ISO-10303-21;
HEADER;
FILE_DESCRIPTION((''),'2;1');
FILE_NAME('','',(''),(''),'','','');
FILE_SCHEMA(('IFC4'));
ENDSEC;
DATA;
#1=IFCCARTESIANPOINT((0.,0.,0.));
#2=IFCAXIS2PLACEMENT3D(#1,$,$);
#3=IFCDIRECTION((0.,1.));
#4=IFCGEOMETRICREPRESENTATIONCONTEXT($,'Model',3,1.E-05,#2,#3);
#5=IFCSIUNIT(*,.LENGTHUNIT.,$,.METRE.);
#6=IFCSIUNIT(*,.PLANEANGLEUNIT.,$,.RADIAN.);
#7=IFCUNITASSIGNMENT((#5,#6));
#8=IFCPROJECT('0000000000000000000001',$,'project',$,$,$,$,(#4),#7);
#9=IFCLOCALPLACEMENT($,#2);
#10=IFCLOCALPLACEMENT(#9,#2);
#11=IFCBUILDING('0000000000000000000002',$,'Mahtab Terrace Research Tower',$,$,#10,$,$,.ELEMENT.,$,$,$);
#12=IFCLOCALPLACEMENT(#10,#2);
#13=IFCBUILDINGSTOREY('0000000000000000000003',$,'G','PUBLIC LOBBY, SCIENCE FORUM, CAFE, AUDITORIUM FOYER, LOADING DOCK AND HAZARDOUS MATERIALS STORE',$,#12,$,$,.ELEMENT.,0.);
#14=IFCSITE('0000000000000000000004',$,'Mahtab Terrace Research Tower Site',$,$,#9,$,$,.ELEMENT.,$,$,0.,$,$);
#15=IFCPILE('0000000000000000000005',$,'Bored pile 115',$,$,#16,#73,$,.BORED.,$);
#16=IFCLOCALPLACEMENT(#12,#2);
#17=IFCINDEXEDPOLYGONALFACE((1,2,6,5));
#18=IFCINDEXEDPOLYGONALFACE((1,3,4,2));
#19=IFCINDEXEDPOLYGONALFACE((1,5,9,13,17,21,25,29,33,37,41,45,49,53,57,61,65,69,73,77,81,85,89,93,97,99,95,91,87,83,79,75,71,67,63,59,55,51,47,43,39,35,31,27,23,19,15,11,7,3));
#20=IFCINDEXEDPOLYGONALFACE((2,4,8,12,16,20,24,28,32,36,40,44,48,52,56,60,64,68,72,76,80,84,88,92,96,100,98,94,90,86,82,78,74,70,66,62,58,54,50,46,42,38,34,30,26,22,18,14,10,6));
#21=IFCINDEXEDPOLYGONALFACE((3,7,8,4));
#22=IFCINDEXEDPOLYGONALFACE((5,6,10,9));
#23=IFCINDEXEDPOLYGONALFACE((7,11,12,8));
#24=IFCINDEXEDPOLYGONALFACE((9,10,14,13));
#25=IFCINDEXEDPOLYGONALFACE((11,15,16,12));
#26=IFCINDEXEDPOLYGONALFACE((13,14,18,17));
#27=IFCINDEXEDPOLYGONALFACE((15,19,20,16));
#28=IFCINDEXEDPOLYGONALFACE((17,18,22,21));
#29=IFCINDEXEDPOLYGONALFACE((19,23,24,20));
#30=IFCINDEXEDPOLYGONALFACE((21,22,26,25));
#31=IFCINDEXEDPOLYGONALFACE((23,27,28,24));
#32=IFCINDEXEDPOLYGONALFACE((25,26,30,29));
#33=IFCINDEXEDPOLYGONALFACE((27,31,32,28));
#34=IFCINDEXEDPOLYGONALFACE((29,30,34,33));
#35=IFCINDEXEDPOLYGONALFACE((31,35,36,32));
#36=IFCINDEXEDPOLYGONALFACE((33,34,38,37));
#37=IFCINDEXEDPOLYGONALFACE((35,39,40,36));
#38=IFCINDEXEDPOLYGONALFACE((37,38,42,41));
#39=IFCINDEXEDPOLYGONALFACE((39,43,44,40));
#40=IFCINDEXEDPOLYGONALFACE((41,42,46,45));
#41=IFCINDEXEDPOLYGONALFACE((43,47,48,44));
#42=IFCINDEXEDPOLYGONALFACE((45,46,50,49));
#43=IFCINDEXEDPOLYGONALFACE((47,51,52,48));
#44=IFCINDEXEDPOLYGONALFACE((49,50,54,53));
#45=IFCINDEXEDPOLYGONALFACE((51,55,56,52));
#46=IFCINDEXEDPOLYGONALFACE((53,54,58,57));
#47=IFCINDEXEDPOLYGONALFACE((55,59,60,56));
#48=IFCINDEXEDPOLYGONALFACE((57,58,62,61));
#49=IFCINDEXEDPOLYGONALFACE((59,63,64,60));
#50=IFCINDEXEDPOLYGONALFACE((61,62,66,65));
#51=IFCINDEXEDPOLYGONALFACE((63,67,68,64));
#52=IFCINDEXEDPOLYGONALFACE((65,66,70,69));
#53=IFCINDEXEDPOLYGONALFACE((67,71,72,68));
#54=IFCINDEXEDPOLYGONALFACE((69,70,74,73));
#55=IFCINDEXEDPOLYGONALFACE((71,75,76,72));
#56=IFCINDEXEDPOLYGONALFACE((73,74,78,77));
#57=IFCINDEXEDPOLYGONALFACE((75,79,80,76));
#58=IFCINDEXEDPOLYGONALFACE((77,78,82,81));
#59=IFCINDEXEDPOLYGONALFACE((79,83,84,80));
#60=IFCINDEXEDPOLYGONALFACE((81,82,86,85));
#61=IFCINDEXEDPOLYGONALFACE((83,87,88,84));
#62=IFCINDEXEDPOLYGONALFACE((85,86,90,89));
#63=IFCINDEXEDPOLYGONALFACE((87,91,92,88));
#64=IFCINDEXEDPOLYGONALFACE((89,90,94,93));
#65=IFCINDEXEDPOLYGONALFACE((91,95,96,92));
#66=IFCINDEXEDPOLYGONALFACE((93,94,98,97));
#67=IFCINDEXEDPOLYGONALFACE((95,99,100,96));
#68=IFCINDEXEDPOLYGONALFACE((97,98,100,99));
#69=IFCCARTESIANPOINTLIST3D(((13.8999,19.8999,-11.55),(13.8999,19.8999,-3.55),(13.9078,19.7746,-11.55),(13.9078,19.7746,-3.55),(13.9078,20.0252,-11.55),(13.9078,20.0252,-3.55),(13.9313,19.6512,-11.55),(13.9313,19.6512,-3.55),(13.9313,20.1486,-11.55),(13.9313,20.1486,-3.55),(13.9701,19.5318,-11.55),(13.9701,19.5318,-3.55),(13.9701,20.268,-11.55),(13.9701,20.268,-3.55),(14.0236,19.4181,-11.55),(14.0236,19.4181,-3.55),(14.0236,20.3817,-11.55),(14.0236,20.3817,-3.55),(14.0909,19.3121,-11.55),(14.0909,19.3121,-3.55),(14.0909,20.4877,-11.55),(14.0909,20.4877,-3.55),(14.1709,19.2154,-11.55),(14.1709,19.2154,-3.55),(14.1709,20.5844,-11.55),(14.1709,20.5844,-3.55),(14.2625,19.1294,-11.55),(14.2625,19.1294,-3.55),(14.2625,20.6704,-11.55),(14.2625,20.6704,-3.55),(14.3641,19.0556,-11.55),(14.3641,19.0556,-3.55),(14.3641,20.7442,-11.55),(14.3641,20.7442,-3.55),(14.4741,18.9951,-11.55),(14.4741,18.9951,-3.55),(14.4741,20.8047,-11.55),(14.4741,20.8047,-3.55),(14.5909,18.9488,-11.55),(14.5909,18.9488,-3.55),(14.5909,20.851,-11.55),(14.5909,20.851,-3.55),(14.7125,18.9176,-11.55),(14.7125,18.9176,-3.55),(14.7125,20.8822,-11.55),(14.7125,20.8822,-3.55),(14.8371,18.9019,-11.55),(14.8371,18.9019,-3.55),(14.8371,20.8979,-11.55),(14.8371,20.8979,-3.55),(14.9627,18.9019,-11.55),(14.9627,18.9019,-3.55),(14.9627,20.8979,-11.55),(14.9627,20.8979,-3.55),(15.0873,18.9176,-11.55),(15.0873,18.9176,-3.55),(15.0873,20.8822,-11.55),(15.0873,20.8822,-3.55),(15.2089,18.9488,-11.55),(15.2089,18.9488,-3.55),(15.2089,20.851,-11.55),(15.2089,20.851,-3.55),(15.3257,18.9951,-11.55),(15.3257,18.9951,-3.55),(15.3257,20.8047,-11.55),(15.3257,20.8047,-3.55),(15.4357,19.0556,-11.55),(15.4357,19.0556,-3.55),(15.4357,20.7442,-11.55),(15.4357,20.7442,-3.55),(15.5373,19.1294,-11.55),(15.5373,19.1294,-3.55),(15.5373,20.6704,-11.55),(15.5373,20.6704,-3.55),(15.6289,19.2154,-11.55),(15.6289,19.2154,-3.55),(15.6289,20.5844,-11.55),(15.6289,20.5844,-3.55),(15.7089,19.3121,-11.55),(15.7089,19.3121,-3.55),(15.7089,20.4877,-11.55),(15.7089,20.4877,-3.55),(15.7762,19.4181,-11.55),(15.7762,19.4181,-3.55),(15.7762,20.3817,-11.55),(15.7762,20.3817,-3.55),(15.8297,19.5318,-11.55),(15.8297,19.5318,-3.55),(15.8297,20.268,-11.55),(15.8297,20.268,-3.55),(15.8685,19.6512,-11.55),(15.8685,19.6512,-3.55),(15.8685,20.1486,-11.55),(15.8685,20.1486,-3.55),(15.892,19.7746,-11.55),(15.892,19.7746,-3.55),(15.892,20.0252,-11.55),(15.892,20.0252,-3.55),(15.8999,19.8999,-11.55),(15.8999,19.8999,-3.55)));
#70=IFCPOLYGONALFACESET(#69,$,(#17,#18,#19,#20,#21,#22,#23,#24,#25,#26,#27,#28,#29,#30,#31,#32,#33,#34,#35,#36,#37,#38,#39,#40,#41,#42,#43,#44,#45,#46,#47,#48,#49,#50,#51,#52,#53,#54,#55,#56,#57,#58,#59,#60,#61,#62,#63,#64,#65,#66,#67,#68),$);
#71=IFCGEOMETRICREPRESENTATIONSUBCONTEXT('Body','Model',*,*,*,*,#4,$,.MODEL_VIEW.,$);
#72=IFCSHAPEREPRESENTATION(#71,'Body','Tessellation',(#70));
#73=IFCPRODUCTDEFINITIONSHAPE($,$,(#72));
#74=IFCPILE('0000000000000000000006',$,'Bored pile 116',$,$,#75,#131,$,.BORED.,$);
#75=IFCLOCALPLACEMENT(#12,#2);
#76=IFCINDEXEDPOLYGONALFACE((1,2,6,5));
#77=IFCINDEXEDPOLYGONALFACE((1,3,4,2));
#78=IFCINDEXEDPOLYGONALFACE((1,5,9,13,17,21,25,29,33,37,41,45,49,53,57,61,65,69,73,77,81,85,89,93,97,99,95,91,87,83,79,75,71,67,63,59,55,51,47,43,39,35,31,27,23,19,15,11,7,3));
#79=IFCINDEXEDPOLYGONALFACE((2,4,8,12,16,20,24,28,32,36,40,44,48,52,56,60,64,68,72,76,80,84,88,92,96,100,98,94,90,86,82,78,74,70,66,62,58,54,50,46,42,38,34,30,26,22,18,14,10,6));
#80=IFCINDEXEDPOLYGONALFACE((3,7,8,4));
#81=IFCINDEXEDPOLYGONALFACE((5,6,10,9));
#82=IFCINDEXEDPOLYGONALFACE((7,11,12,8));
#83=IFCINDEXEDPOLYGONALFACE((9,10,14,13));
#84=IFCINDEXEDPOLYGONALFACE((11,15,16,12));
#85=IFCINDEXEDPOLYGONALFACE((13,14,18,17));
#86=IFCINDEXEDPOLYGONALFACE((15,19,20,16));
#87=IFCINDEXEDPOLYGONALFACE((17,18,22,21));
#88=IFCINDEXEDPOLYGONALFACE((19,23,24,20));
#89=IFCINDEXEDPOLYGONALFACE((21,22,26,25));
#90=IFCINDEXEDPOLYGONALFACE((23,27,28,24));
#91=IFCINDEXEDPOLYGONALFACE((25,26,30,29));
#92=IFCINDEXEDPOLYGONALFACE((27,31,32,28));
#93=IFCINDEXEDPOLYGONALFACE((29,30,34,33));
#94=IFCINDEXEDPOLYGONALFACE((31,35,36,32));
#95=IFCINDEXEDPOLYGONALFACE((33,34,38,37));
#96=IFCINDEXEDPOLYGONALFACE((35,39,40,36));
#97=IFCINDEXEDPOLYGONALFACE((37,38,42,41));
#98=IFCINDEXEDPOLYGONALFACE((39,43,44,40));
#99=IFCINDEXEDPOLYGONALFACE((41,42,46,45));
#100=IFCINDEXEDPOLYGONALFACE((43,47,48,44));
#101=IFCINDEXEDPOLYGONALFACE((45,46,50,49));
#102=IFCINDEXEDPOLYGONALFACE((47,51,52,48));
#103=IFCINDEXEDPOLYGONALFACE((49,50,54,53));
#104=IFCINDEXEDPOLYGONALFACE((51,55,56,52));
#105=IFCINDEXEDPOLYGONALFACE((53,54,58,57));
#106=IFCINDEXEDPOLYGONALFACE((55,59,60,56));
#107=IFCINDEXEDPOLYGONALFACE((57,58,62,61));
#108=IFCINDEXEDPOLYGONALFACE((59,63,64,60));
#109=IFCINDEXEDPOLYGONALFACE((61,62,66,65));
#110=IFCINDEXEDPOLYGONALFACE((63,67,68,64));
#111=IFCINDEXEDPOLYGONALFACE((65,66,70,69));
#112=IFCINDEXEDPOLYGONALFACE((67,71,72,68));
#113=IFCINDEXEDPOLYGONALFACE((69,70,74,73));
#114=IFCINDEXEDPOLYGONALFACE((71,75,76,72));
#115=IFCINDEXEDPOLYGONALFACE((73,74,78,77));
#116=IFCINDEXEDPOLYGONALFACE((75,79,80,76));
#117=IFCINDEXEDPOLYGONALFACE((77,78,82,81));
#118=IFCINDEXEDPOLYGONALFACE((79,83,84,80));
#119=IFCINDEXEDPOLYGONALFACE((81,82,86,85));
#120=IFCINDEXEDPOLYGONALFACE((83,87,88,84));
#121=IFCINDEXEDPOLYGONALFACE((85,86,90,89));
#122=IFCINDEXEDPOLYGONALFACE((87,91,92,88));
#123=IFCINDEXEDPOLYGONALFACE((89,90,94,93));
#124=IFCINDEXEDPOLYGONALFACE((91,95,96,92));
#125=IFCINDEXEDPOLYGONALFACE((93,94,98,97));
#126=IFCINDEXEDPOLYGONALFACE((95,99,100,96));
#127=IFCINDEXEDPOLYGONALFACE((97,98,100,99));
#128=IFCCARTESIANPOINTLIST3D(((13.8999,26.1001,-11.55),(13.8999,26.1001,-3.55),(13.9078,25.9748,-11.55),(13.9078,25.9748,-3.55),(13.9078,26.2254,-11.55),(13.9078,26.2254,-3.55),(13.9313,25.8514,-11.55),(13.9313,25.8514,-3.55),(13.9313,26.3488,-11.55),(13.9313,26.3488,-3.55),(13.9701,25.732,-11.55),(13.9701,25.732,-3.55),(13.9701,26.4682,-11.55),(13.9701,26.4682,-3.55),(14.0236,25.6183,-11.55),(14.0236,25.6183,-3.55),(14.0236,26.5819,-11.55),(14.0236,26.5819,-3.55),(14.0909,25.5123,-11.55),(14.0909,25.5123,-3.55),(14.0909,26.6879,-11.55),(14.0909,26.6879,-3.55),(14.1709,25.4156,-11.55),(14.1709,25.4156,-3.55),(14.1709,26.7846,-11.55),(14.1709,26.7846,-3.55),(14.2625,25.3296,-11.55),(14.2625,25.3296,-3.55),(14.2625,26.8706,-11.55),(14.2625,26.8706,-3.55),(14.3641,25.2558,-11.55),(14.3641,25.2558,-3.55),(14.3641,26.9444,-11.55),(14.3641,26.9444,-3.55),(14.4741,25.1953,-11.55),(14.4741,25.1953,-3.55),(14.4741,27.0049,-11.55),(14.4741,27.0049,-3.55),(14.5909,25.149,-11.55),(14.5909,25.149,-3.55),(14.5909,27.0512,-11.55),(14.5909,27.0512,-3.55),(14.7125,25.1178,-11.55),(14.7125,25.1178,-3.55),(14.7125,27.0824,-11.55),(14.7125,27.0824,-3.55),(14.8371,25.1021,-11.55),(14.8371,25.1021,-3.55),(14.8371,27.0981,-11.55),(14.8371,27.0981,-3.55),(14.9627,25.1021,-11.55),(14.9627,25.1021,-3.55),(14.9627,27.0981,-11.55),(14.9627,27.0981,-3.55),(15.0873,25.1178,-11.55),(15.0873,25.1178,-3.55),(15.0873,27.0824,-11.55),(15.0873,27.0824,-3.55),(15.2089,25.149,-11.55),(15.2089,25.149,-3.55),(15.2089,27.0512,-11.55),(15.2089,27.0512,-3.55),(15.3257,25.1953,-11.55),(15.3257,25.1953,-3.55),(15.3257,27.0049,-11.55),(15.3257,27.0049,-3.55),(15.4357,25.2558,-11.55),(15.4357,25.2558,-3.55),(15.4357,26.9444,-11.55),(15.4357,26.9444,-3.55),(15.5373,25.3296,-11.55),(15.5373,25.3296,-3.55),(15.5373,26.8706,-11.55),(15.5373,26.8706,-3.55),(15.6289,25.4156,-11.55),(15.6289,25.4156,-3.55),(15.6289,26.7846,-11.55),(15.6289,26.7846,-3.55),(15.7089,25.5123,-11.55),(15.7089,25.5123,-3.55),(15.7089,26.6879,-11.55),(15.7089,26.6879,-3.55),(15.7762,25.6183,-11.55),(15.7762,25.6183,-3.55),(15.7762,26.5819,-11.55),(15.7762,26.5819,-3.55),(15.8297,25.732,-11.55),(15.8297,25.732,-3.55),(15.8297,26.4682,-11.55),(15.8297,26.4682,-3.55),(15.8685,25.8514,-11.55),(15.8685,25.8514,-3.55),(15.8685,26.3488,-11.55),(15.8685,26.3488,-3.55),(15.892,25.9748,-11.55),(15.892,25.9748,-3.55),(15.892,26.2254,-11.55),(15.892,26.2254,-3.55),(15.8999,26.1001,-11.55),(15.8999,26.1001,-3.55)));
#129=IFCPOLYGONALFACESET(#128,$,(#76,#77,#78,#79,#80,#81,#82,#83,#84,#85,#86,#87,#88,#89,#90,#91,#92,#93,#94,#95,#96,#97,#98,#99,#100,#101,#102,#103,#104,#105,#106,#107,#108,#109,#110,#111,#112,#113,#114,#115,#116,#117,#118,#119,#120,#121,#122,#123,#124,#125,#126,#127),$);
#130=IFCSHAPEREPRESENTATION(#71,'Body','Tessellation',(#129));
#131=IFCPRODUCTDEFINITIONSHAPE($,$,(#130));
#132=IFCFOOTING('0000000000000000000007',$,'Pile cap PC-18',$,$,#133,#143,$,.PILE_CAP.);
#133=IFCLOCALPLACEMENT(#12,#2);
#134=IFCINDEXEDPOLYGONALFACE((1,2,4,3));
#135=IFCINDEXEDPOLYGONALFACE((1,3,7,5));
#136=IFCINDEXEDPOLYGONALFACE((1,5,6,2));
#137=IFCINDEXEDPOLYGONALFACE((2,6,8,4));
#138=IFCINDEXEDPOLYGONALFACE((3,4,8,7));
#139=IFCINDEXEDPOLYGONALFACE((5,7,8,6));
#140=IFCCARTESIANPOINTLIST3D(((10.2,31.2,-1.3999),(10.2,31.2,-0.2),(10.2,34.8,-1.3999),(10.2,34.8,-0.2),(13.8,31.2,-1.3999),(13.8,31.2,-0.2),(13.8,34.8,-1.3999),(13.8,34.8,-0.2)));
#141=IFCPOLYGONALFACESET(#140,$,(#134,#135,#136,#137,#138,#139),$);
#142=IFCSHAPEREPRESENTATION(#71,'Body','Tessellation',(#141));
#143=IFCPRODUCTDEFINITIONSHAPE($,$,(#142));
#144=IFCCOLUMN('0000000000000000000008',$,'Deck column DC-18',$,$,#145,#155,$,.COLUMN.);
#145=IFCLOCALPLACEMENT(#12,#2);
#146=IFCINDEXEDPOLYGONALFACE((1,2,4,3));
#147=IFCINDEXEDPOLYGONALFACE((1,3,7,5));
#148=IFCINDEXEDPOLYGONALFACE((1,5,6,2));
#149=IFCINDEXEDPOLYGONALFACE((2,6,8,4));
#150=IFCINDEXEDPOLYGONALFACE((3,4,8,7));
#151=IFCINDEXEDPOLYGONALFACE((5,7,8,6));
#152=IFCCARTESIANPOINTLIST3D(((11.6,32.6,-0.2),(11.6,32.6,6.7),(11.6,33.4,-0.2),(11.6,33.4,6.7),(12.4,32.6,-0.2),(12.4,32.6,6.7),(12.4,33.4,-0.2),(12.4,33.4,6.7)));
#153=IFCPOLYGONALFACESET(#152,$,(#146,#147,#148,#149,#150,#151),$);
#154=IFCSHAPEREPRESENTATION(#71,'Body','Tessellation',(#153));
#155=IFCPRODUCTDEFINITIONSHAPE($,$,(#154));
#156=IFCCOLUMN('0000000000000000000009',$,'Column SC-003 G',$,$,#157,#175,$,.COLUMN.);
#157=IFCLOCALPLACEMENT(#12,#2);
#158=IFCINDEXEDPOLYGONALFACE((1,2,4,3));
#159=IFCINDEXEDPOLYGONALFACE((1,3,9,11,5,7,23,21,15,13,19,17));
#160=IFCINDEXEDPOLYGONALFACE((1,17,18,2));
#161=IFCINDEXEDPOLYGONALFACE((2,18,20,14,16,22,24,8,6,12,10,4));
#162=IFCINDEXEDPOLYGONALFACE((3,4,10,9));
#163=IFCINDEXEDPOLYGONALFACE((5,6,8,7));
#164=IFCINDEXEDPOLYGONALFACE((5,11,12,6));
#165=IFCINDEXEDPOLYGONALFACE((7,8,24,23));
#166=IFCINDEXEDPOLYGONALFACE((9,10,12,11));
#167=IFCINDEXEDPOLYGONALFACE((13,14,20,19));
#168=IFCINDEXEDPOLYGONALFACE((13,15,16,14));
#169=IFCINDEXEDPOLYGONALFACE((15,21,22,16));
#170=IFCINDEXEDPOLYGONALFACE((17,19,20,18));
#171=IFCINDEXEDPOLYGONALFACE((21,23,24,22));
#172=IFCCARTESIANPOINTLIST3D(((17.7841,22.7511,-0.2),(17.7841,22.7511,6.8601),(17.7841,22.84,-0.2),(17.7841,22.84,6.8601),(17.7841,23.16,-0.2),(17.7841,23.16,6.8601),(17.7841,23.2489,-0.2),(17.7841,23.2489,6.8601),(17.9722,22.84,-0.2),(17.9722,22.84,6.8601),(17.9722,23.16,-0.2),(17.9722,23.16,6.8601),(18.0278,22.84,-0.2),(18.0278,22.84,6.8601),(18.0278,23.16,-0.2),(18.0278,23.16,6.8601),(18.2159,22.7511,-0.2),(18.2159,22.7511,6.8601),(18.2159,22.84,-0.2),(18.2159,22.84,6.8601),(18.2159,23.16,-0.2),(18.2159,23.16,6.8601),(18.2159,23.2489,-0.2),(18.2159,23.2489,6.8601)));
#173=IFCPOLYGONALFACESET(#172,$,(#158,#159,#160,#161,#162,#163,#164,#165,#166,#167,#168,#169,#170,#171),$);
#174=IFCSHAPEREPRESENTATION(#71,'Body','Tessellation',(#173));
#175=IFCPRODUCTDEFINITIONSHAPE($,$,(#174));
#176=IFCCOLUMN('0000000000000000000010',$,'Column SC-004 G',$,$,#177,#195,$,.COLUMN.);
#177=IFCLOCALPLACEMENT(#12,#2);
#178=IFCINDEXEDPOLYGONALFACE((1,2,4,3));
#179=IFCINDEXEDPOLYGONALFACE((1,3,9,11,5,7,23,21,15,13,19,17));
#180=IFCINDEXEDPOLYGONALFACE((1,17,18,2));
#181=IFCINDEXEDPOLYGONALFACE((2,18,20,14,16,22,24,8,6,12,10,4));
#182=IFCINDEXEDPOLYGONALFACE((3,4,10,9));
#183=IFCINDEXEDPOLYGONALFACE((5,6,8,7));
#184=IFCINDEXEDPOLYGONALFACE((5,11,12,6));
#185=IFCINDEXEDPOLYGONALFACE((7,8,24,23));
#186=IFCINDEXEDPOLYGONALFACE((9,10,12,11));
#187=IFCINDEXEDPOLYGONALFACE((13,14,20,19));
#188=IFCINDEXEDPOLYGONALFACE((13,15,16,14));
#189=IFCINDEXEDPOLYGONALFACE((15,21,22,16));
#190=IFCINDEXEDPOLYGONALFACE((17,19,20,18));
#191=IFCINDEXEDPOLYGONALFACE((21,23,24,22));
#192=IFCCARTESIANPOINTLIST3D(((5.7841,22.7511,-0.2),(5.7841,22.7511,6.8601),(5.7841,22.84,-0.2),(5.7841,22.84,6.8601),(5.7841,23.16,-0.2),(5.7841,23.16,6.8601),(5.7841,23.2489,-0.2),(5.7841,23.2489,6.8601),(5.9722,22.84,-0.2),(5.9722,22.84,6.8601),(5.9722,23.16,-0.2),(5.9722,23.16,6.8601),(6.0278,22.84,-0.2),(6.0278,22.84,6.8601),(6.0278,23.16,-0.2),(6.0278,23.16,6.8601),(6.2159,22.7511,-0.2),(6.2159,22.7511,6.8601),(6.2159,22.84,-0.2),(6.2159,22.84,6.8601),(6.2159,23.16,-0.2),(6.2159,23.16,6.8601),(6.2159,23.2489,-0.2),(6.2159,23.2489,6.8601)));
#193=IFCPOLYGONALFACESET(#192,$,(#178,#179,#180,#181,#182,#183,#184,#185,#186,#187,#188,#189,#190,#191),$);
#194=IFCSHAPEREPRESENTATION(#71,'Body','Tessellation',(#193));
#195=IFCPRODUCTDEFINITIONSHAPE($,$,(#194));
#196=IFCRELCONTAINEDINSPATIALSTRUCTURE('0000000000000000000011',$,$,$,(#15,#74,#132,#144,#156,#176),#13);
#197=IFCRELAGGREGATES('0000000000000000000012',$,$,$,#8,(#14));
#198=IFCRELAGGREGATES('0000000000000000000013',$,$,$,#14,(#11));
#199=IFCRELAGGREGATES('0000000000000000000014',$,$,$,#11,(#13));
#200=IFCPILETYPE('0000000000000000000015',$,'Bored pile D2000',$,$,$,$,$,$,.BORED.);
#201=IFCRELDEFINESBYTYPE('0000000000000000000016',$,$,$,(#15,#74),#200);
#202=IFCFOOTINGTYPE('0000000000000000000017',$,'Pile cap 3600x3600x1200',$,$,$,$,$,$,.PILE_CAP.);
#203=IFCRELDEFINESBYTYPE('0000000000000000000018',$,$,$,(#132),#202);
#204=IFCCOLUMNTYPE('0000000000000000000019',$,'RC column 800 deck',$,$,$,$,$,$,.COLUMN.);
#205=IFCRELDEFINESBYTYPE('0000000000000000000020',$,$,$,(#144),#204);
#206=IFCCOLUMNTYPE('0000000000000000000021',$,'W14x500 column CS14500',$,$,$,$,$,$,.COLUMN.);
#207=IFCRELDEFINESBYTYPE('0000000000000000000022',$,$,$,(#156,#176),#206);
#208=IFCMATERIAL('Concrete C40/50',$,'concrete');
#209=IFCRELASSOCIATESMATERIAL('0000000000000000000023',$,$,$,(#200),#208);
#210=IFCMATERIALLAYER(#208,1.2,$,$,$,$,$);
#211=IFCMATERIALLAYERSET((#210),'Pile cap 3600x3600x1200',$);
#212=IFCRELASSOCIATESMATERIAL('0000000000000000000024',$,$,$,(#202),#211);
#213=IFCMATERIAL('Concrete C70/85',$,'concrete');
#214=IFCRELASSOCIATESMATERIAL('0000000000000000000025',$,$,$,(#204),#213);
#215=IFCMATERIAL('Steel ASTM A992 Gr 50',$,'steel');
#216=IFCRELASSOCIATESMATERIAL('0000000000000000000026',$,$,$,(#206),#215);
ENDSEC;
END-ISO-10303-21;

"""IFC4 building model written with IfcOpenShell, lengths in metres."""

from ifc_helpers import new_model, si_unit, direction, frame, origin, origin_2d, place, context, subcontext, project, spatial, rectangle, circle, i_section, extrude, material, layer, layer_set, material_profile, profile_set, type_object, element, save


model = new_model("IFC4")

# Units and contexts
model_context = context("Model", 3, precision=1e-05, world=origin(), true_north=direction((0.0, 1.0)))
body_context = subcontext(model_context, "Body", "Model", "MODEL_VIEW")
ifc_project = project(units=[si_unit("LENGTHUNIT", "METRE"), si_unit("PLANEANGLEUNIT", "RADIAN")], contexts=[model_context])

# Site, building, storey
site_placement = place(None, origin())
site = spatial("IfcSite", under=ifc_project, at=site_placement, Name="Mahtab Terrace Research Tower Site", CompositionType="ELEMENT", RefElevation=0.0)
building_placement = place(site_placement, origin())
building = spatial("IfcBuilding", under=site, at=building_placement, Name="Mahtab Terrace Research Tower", CompositionType="ELEMENT")
storey_placement = place(building_placement, origin())
storey = spatial("IfcBuildingStorey", under=building, at=storey_placement, Name="G", Description="PUBLIC LOBBY, SCIENCE FORUM, CAFE, AUDITORIUM FOYER, LOADING DOCK AND HAZARDOUS MATERIALS STORE", CompositionType="ELEMENT", Elevation=0.0)

# Piles
ifc_material_1 = material(Name="Concrete C40/50", Category="concrete")
ifc_material_profile_1 = material_profile(ifc_material_1, circle(Radius=1.0, at=origin_2d()), Name="Bored pile D2000")
ifc_profile_set_1 = profile_set([ifc_material_profile_1], Name="Concrete C40/50")
pile_type_1 = type_object("IfcPileType", Name="Bored pile D2000", PredefinedType="BORED", material=ifc_profile_set_1)
for number, where, z_axis, x_axis, name in (
    (1, (14.8999, 19.8999, -3.55), (0.0, 0.0, -1.0), (1.0, 0.0, 0.0), "Bored pile 115"),
    (2, (14.8999, 26.1001, -3.55), (0.0, 0.0, -1.0), (1.0, 0.0, 0.0), "Bored pile 116"),
):
    element("IfcPile", number, at=place(storey_placement, frame(where, z_axis=z_axis, x_axis=x_axis)), inside=storey, type_object=pile_type_1, Name=name, PredefinedType="BORED", context=body_context, shape_type="SweptSolid", body=[
        extrude(circle(Radius=1.0, at=origin_2d()), origin(), (0.0, 0.0, 1.0), 8.0),
    ])

# Footing
ifc_layer_1 = layer(ifc_material_1, 1.2)
ifc_layer_set_1 = layer_set([ifc_layer_1], Name="Pile cap 3600x3600x1200")
footing_type = type_object("IfcFootingType", Name="Pile cap 3600x3600x1200", PredefinedType="PILE_CAP", material=ifc_layer_set_1)
footing_placement = place(storey_placement, frame((12.0, 33.0, -1.3999), z_axis=(0.0, 0.0, 1.0), x_axis=(1.0, 0.0, 0.0)))
element("IfcFooting", 3, at=footing_placement, inside=storey, type_object=footing_type, Name="Pile cap PC-18", PredefinedType="PILE_CAP", context=body_context, shape_type="SweptSolid", body=[
    extrude(rectangle(XDim=3.6001, YDim=3.6001, at=origin_2d()), origin(), (0.0, 0.0, 1.0), 1.2),
])

# Columns
ifc_material_2 = material(Name="Concrete C70/85", Category="concrete")
ifc_material_profile_2 = material_profile(ifc_material_2, rectangle(XDim=0.8, YDim=0.8, at=origin_2d()), Name="RC column 800 deck")
ifc_profile_set_2 = profile_set([ifc_material_profile_2], Name="Concrete C70/85")
column_type_1 = type_object("IfcColumnType", Name="RC column 800 deck", PredefinedType="COLUMN", material=ifc_profile_set_2)
column_placement = place(storey_placement, frame((12.0, 33.0, -0.2), z_axis=(0.0, 0.0, 1.0), x_axis=(1.0, 0.0, 0.0)))
element("IfcColumn", 4, at=column_placement, inside=storey, type_object=column_type_1, Name="Deck column DC-18", PredefinedType="COLUMN", context=body_context, shape_type="SweptSolid", body=[
    extrude(rectangle(XDim=0.8, YDim=0.8, at=origin_2d()), origin(), (0.0, 0.0, 1.0), 6.8999),
])
ifc_material_3 = material(Name="Steel ASTM A992 Gr 50", Category="steel")
ifc_material_profile_3 = material_profile(ifc_material_3, i_section(OverallWidth=0.4319, OverallDepth=0.4978, WebThickness=0.0557, FlangeThickness=0.0889, at=origin_2d()), Name="W14X500")
ifc_profile_set_3 = profile_set([ifc_material_profile_3], Name="Steel ASTM A992 Gr 50")
column_type_2 = type_object("IfcColumnType", Name="W14x500 column CS14500", PredefinedType="COLUMN", material=ifc_profile_set_3)
for number, where, z_axis, x_axis, name in (
    (5, (18.0, 23.0, -0.2), (0.0, 0.0, 1.0), (1.0, 0.0, 0.0), "Column SC-003 G"),
    (6, (6.0, 23.0, -0.2), (0.0, 0.0, 1.0), (1.0, 0.0, 0.0), "Column SC-004 G"),
):
    element("IfcColumn", number, at=place(storey_placement, frame(where, z_axis=z_axis, x_axis=x_axis)), inside=storey, type_object=column_type_2, Name=name, PredefinedType="COLUMN", context=body_context, shape_type="SweptSolid", body=[
        extrude(i_section(OverallWidth=0.4319, OverallDepth=0.4978, WebThickness=0.0557, FlangeThickness=0.0889, at=origin_2d()), origin(), (0.0, 0.0, 1.0), 7.0601),
    ])

save(model, "model.ifc")
